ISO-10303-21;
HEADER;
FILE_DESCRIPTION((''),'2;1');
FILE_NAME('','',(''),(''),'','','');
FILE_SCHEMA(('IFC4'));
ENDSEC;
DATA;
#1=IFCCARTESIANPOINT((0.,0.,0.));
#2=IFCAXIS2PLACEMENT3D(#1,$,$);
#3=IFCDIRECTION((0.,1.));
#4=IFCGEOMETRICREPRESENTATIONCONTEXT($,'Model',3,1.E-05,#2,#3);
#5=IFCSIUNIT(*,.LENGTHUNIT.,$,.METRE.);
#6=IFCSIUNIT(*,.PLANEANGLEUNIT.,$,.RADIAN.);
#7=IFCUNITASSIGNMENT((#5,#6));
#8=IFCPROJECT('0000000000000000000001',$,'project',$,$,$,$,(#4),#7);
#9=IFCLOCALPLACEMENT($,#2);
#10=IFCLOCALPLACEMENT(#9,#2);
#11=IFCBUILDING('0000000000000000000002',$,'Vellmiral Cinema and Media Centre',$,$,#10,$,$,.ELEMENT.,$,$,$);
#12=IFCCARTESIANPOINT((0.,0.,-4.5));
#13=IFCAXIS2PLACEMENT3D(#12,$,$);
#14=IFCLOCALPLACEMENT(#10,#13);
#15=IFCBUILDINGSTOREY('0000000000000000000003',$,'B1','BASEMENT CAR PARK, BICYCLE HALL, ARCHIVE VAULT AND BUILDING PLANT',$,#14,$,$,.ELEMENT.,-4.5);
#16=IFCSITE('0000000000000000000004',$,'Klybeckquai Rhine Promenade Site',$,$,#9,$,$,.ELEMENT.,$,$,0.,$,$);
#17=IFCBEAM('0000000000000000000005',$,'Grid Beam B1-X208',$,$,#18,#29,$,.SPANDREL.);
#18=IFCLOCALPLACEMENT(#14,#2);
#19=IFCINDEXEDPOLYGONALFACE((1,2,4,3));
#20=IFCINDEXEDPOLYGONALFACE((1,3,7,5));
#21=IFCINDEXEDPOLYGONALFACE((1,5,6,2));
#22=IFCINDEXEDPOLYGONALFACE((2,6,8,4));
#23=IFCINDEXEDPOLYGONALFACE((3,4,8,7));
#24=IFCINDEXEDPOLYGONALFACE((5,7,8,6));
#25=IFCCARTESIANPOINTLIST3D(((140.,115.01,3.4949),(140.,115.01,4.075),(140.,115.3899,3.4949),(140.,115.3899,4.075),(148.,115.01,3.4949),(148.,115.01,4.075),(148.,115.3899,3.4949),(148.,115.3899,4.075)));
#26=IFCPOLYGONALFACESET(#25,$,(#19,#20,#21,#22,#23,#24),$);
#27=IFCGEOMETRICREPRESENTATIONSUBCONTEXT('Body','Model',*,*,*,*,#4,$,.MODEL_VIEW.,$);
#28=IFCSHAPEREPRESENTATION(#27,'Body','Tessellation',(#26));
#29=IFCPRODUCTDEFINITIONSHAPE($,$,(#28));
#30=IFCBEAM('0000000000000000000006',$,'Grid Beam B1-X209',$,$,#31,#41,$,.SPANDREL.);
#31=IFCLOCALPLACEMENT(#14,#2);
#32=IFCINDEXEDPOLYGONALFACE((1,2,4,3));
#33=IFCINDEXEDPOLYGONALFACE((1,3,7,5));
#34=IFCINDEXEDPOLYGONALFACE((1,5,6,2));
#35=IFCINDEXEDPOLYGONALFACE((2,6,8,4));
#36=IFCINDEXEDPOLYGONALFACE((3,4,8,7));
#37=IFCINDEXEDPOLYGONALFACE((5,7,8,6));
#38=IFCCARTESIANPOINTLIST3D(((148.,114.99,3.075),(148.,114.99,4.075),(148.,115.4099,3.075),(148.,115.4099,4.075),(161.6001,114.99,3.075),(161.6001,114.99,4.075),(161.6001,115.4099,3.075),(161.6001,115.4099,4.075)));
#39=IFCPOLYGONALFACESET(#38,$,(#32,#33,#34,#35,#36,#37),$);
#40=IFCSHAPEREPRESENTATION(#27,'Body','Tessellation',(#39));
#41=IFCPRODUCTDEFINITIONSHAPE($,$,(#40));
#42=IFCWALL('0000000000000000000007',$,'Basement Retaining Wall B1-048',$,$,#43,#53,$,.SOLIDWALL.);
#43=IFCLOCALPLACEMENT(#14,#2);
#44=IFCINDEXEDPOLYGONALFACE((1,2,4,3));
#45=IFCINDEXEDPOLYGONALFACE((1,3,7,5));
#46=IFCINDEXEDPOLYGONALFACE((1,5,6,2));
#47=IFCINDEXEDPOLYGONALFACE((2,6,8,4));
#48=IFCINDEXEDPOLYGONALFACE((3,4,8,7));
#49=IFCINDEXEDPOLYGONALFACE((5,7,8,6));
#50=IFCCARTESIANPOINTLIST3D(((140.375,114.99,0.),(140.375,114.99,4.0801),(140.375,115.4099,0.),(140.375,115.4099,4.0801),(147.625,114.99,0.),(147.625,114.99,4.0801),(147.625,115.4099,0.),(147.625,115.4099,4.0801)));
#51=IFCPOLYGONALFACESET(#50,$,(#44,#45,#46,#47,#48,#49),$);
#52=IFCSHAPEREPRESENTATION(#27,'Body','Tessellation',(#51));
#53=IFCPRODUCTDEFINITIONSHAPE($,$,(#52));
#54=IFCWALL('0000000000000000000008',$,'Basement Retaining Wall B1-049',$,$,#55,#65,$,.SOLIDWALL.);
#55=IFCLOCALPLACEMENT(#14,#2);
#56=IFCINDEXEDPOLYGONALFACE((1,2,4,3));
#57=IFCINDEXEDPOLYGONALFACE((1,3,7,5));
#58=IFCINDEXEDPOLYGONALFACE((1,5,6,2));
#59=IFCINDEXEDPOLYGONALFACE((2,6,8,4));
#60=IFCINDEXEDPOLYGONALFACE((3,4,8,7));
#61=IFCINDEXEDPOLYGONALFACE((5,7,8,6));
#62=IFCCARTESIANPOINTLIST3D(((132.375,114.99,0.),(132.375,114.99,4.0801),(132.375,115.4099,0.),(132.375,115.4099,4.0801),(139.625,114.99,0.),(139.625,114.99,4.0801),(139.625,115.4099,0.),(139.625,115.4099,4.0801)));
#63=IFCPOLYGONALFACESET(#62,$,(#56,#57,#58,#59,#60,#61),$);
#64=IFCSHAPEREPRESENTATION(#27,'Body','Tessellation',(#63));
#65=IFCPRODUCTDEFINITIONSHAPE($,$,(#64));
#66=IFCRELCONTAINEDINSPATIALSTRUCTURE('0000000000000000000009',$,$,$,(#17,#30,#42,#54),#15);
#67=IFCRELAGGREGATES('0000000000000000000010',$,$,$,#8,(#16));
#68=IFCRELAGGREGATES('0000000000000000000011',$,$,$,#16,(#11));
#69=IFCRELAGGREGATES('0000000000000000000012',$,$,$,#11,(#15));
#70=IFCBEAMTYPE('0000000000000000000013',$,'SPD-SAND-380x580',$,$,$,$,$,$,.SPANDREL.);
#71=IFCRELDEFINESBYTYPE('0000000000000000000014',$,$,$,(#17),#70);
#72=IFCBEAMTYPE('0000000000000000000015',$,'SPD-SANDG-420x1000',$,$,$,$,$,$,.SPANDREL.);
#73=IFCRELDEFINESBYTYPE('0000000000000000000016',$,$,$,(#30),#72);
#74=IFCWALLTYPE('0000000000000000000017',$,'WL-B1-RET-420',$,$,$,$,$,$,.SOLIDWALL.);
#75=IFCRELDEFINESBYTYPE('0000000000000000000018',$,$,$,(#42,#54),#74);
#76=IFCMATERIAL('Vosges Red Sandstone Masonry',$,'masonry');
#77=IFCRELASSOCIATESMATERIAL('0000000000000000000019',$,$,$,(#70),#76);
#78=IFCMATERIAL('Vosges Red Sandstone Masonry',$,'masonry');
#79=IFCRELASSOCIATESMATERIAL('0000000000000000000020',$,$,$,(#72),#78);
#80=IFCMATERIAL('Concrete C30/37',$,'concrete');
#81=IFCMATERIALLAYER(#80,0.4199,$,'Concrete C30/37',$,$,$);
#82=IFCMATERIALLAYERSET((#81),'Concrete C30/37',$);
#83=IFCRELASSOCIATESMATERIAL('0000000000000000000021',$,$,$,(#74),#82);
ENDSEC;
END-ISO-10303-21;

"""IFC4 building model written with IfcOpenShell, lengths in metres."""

from ifc_helpers import new_model, si_unit, direction, frame, frame_2d, origin, origin_2d, place, context, subcontext, project, spatial, rectangle, extrude, material, layer, layer_set, material_profile, profile_set, type_object, element, save


model = new_model("IFC4")

# Units and contexts
model_context = context("Model", 3, precision=1e-05, world=origin(), true_north=direction((0.0, 1.0)))
body_context = subcontext(model_context, "Body", "Model", "MODEL_VIEW")
ifc_project = project(units=[si_unit("LENGTHUNIT", "METRE"), si_unit("PLANEANGLEUNIT", "RADIAN")], contexts=[model_context])

# Site, building, storey
site_placement = place(None, origin())
site = spatial("IfcSite", under=ifc_project, at=site_placement, Name="Klybeckquai Rhine Promenade Site", CompositionType="ELEMENT", RefElevation=0.0)
building_placement = place(site_placement, origin())
building = spatial("IfcBuilding", under=site, at=building_placement, Name="Vellmiral Cinema and Media Centre", CompositionType="ELEMENT")
storey_placement = place(building_placement, frame((0.0, 0.0, -4.5)))
storey = spatial("IfcBuildingStorey", under=building, at=storey_placement, Name="B1", Description="BASEMENT CAR PARK, BICYCLE HALL, ARCHIVE VAULT AND BUILDING PLANT", CompositionType="ELEMENT", Elevation=-4.5)

# Beams
ifc_material_1 = material(Name="Vosges Red Sandstone Masonry", Category="masonry")
ifc_material_profile_1 = material_profile(ifc_material_1, rectangle(XDim=0.3799, YDim=0.5801, at=origin_2d()), Name="SAND 380x580")
ifc_profile_set_1 = profile_set([ifc_material_profile_1], Name="Vosges Red Sandstone Masonry")
beam_type_1 = type_object("IfcBeamType", Name="SPD-SAND-380x580", PredefinedType="SPANDREL", material=ifc_profile_set_1)
beam_1_placement = place(storey_placement, frame((140.0, 115.2, 3.7849), z_axis=(1.0, 0.0, 0.0), x_axis=(0.0, 1.0, 0.0)))
element("IfcBeam", 1, at=beam_1_placement, inside=storey, type_object=beam_type_1, Name="Grid Beam B1-X208", PredefinedType="SPANDREL", context=body_context, shape_type="SweptSolid", body=[
    extrude(rectangle(XDim=0.3799, YDim=0.5801, at=origin_2d()), origin(), (0.0, 0.0, 1.0), 8.0),
])
ifc_material_2 = material(Name="Vosges Red Sandstone Masonry", Category="masonry")
ifc_material_profile_2 = material_profile(ifc_material_2, rectangle(XDim=0.4199, YDim=1.0, at=origin_2d()), Name="SAND 420x1000")
ifc_profile_set_2 = profile_set([ifc_material_profile_2], Name="Vosges Red Sandstone Masonry")
beam_type_2 = type_object("IfcBeamType", Name="SPD-SANDG-420x1000", PredefinedType="SPANDREL", material=ifc_profile_set_2)
beam_2_placement = place(storey_placement, frame((148.0, 115.2, 3.575), z_axis=(1.0, 0.0, 0.0), x_axis=(0.0, 1.0, 0.0)))
element("IfcBeam", 2, at=beam_2_placement, inside=storey, type_object=beam_type_2, Name="Grid Beam B1-X209", PredefinedType="SPANDREL", context=body_context, shape_type="SweptSolid", body=[
    extrude(rectangle(XDim=0.4199, YDim=1.0, at=origin_2d()), origin(), (0.0, 0.0, 1.0), 13.6001),
])

# Walls
ifc_material_3 = material(Name="Concrete C30/37", Category="concrete")
ifc_layer = layer(ifc_material_3, 0.4199, Name="Concrete C30/37")
ifc_layer_set = layer_set([ifc_layer], Name="Concrete C30/37")
wall_type = type_object("IfcWallType", Name="WL-B1-RET-420", PredefinedType="SOLIDWALL", material=ifc_layer_set)
for number, where, z_axis, x_axis, name in (
    (3, (147.625, 115.2, 0.0), (0.0, 0.0, 1.0), (-1.0, 0.0, 0.0), "Basement Retaining Wall B1-048"),
    (4, (139.625, 115.2, 0.0), (0.0, 0.0, 1.0), (-1.0, 0.0, 0.0), "Basement Retaining Wall B1-049"),
):
    element("IfcWall", number, at=place(storey_placement, frame(where, z_axis=z_axis, x_axis=x_axis)), inside=storey, type_object=wall_type, Name=name, PredefinedType="SOLIDWALL", context=body_context, shape_type="SweptSolid", body=[
        extrude(rectangle(XDim=7.25, YDim=0.4199, at=frame_2d((3.625, 0.0))), origin(), (0.0, 0.0, 1.0), 4.0801),
    ])

save(model, "model.ifc")
